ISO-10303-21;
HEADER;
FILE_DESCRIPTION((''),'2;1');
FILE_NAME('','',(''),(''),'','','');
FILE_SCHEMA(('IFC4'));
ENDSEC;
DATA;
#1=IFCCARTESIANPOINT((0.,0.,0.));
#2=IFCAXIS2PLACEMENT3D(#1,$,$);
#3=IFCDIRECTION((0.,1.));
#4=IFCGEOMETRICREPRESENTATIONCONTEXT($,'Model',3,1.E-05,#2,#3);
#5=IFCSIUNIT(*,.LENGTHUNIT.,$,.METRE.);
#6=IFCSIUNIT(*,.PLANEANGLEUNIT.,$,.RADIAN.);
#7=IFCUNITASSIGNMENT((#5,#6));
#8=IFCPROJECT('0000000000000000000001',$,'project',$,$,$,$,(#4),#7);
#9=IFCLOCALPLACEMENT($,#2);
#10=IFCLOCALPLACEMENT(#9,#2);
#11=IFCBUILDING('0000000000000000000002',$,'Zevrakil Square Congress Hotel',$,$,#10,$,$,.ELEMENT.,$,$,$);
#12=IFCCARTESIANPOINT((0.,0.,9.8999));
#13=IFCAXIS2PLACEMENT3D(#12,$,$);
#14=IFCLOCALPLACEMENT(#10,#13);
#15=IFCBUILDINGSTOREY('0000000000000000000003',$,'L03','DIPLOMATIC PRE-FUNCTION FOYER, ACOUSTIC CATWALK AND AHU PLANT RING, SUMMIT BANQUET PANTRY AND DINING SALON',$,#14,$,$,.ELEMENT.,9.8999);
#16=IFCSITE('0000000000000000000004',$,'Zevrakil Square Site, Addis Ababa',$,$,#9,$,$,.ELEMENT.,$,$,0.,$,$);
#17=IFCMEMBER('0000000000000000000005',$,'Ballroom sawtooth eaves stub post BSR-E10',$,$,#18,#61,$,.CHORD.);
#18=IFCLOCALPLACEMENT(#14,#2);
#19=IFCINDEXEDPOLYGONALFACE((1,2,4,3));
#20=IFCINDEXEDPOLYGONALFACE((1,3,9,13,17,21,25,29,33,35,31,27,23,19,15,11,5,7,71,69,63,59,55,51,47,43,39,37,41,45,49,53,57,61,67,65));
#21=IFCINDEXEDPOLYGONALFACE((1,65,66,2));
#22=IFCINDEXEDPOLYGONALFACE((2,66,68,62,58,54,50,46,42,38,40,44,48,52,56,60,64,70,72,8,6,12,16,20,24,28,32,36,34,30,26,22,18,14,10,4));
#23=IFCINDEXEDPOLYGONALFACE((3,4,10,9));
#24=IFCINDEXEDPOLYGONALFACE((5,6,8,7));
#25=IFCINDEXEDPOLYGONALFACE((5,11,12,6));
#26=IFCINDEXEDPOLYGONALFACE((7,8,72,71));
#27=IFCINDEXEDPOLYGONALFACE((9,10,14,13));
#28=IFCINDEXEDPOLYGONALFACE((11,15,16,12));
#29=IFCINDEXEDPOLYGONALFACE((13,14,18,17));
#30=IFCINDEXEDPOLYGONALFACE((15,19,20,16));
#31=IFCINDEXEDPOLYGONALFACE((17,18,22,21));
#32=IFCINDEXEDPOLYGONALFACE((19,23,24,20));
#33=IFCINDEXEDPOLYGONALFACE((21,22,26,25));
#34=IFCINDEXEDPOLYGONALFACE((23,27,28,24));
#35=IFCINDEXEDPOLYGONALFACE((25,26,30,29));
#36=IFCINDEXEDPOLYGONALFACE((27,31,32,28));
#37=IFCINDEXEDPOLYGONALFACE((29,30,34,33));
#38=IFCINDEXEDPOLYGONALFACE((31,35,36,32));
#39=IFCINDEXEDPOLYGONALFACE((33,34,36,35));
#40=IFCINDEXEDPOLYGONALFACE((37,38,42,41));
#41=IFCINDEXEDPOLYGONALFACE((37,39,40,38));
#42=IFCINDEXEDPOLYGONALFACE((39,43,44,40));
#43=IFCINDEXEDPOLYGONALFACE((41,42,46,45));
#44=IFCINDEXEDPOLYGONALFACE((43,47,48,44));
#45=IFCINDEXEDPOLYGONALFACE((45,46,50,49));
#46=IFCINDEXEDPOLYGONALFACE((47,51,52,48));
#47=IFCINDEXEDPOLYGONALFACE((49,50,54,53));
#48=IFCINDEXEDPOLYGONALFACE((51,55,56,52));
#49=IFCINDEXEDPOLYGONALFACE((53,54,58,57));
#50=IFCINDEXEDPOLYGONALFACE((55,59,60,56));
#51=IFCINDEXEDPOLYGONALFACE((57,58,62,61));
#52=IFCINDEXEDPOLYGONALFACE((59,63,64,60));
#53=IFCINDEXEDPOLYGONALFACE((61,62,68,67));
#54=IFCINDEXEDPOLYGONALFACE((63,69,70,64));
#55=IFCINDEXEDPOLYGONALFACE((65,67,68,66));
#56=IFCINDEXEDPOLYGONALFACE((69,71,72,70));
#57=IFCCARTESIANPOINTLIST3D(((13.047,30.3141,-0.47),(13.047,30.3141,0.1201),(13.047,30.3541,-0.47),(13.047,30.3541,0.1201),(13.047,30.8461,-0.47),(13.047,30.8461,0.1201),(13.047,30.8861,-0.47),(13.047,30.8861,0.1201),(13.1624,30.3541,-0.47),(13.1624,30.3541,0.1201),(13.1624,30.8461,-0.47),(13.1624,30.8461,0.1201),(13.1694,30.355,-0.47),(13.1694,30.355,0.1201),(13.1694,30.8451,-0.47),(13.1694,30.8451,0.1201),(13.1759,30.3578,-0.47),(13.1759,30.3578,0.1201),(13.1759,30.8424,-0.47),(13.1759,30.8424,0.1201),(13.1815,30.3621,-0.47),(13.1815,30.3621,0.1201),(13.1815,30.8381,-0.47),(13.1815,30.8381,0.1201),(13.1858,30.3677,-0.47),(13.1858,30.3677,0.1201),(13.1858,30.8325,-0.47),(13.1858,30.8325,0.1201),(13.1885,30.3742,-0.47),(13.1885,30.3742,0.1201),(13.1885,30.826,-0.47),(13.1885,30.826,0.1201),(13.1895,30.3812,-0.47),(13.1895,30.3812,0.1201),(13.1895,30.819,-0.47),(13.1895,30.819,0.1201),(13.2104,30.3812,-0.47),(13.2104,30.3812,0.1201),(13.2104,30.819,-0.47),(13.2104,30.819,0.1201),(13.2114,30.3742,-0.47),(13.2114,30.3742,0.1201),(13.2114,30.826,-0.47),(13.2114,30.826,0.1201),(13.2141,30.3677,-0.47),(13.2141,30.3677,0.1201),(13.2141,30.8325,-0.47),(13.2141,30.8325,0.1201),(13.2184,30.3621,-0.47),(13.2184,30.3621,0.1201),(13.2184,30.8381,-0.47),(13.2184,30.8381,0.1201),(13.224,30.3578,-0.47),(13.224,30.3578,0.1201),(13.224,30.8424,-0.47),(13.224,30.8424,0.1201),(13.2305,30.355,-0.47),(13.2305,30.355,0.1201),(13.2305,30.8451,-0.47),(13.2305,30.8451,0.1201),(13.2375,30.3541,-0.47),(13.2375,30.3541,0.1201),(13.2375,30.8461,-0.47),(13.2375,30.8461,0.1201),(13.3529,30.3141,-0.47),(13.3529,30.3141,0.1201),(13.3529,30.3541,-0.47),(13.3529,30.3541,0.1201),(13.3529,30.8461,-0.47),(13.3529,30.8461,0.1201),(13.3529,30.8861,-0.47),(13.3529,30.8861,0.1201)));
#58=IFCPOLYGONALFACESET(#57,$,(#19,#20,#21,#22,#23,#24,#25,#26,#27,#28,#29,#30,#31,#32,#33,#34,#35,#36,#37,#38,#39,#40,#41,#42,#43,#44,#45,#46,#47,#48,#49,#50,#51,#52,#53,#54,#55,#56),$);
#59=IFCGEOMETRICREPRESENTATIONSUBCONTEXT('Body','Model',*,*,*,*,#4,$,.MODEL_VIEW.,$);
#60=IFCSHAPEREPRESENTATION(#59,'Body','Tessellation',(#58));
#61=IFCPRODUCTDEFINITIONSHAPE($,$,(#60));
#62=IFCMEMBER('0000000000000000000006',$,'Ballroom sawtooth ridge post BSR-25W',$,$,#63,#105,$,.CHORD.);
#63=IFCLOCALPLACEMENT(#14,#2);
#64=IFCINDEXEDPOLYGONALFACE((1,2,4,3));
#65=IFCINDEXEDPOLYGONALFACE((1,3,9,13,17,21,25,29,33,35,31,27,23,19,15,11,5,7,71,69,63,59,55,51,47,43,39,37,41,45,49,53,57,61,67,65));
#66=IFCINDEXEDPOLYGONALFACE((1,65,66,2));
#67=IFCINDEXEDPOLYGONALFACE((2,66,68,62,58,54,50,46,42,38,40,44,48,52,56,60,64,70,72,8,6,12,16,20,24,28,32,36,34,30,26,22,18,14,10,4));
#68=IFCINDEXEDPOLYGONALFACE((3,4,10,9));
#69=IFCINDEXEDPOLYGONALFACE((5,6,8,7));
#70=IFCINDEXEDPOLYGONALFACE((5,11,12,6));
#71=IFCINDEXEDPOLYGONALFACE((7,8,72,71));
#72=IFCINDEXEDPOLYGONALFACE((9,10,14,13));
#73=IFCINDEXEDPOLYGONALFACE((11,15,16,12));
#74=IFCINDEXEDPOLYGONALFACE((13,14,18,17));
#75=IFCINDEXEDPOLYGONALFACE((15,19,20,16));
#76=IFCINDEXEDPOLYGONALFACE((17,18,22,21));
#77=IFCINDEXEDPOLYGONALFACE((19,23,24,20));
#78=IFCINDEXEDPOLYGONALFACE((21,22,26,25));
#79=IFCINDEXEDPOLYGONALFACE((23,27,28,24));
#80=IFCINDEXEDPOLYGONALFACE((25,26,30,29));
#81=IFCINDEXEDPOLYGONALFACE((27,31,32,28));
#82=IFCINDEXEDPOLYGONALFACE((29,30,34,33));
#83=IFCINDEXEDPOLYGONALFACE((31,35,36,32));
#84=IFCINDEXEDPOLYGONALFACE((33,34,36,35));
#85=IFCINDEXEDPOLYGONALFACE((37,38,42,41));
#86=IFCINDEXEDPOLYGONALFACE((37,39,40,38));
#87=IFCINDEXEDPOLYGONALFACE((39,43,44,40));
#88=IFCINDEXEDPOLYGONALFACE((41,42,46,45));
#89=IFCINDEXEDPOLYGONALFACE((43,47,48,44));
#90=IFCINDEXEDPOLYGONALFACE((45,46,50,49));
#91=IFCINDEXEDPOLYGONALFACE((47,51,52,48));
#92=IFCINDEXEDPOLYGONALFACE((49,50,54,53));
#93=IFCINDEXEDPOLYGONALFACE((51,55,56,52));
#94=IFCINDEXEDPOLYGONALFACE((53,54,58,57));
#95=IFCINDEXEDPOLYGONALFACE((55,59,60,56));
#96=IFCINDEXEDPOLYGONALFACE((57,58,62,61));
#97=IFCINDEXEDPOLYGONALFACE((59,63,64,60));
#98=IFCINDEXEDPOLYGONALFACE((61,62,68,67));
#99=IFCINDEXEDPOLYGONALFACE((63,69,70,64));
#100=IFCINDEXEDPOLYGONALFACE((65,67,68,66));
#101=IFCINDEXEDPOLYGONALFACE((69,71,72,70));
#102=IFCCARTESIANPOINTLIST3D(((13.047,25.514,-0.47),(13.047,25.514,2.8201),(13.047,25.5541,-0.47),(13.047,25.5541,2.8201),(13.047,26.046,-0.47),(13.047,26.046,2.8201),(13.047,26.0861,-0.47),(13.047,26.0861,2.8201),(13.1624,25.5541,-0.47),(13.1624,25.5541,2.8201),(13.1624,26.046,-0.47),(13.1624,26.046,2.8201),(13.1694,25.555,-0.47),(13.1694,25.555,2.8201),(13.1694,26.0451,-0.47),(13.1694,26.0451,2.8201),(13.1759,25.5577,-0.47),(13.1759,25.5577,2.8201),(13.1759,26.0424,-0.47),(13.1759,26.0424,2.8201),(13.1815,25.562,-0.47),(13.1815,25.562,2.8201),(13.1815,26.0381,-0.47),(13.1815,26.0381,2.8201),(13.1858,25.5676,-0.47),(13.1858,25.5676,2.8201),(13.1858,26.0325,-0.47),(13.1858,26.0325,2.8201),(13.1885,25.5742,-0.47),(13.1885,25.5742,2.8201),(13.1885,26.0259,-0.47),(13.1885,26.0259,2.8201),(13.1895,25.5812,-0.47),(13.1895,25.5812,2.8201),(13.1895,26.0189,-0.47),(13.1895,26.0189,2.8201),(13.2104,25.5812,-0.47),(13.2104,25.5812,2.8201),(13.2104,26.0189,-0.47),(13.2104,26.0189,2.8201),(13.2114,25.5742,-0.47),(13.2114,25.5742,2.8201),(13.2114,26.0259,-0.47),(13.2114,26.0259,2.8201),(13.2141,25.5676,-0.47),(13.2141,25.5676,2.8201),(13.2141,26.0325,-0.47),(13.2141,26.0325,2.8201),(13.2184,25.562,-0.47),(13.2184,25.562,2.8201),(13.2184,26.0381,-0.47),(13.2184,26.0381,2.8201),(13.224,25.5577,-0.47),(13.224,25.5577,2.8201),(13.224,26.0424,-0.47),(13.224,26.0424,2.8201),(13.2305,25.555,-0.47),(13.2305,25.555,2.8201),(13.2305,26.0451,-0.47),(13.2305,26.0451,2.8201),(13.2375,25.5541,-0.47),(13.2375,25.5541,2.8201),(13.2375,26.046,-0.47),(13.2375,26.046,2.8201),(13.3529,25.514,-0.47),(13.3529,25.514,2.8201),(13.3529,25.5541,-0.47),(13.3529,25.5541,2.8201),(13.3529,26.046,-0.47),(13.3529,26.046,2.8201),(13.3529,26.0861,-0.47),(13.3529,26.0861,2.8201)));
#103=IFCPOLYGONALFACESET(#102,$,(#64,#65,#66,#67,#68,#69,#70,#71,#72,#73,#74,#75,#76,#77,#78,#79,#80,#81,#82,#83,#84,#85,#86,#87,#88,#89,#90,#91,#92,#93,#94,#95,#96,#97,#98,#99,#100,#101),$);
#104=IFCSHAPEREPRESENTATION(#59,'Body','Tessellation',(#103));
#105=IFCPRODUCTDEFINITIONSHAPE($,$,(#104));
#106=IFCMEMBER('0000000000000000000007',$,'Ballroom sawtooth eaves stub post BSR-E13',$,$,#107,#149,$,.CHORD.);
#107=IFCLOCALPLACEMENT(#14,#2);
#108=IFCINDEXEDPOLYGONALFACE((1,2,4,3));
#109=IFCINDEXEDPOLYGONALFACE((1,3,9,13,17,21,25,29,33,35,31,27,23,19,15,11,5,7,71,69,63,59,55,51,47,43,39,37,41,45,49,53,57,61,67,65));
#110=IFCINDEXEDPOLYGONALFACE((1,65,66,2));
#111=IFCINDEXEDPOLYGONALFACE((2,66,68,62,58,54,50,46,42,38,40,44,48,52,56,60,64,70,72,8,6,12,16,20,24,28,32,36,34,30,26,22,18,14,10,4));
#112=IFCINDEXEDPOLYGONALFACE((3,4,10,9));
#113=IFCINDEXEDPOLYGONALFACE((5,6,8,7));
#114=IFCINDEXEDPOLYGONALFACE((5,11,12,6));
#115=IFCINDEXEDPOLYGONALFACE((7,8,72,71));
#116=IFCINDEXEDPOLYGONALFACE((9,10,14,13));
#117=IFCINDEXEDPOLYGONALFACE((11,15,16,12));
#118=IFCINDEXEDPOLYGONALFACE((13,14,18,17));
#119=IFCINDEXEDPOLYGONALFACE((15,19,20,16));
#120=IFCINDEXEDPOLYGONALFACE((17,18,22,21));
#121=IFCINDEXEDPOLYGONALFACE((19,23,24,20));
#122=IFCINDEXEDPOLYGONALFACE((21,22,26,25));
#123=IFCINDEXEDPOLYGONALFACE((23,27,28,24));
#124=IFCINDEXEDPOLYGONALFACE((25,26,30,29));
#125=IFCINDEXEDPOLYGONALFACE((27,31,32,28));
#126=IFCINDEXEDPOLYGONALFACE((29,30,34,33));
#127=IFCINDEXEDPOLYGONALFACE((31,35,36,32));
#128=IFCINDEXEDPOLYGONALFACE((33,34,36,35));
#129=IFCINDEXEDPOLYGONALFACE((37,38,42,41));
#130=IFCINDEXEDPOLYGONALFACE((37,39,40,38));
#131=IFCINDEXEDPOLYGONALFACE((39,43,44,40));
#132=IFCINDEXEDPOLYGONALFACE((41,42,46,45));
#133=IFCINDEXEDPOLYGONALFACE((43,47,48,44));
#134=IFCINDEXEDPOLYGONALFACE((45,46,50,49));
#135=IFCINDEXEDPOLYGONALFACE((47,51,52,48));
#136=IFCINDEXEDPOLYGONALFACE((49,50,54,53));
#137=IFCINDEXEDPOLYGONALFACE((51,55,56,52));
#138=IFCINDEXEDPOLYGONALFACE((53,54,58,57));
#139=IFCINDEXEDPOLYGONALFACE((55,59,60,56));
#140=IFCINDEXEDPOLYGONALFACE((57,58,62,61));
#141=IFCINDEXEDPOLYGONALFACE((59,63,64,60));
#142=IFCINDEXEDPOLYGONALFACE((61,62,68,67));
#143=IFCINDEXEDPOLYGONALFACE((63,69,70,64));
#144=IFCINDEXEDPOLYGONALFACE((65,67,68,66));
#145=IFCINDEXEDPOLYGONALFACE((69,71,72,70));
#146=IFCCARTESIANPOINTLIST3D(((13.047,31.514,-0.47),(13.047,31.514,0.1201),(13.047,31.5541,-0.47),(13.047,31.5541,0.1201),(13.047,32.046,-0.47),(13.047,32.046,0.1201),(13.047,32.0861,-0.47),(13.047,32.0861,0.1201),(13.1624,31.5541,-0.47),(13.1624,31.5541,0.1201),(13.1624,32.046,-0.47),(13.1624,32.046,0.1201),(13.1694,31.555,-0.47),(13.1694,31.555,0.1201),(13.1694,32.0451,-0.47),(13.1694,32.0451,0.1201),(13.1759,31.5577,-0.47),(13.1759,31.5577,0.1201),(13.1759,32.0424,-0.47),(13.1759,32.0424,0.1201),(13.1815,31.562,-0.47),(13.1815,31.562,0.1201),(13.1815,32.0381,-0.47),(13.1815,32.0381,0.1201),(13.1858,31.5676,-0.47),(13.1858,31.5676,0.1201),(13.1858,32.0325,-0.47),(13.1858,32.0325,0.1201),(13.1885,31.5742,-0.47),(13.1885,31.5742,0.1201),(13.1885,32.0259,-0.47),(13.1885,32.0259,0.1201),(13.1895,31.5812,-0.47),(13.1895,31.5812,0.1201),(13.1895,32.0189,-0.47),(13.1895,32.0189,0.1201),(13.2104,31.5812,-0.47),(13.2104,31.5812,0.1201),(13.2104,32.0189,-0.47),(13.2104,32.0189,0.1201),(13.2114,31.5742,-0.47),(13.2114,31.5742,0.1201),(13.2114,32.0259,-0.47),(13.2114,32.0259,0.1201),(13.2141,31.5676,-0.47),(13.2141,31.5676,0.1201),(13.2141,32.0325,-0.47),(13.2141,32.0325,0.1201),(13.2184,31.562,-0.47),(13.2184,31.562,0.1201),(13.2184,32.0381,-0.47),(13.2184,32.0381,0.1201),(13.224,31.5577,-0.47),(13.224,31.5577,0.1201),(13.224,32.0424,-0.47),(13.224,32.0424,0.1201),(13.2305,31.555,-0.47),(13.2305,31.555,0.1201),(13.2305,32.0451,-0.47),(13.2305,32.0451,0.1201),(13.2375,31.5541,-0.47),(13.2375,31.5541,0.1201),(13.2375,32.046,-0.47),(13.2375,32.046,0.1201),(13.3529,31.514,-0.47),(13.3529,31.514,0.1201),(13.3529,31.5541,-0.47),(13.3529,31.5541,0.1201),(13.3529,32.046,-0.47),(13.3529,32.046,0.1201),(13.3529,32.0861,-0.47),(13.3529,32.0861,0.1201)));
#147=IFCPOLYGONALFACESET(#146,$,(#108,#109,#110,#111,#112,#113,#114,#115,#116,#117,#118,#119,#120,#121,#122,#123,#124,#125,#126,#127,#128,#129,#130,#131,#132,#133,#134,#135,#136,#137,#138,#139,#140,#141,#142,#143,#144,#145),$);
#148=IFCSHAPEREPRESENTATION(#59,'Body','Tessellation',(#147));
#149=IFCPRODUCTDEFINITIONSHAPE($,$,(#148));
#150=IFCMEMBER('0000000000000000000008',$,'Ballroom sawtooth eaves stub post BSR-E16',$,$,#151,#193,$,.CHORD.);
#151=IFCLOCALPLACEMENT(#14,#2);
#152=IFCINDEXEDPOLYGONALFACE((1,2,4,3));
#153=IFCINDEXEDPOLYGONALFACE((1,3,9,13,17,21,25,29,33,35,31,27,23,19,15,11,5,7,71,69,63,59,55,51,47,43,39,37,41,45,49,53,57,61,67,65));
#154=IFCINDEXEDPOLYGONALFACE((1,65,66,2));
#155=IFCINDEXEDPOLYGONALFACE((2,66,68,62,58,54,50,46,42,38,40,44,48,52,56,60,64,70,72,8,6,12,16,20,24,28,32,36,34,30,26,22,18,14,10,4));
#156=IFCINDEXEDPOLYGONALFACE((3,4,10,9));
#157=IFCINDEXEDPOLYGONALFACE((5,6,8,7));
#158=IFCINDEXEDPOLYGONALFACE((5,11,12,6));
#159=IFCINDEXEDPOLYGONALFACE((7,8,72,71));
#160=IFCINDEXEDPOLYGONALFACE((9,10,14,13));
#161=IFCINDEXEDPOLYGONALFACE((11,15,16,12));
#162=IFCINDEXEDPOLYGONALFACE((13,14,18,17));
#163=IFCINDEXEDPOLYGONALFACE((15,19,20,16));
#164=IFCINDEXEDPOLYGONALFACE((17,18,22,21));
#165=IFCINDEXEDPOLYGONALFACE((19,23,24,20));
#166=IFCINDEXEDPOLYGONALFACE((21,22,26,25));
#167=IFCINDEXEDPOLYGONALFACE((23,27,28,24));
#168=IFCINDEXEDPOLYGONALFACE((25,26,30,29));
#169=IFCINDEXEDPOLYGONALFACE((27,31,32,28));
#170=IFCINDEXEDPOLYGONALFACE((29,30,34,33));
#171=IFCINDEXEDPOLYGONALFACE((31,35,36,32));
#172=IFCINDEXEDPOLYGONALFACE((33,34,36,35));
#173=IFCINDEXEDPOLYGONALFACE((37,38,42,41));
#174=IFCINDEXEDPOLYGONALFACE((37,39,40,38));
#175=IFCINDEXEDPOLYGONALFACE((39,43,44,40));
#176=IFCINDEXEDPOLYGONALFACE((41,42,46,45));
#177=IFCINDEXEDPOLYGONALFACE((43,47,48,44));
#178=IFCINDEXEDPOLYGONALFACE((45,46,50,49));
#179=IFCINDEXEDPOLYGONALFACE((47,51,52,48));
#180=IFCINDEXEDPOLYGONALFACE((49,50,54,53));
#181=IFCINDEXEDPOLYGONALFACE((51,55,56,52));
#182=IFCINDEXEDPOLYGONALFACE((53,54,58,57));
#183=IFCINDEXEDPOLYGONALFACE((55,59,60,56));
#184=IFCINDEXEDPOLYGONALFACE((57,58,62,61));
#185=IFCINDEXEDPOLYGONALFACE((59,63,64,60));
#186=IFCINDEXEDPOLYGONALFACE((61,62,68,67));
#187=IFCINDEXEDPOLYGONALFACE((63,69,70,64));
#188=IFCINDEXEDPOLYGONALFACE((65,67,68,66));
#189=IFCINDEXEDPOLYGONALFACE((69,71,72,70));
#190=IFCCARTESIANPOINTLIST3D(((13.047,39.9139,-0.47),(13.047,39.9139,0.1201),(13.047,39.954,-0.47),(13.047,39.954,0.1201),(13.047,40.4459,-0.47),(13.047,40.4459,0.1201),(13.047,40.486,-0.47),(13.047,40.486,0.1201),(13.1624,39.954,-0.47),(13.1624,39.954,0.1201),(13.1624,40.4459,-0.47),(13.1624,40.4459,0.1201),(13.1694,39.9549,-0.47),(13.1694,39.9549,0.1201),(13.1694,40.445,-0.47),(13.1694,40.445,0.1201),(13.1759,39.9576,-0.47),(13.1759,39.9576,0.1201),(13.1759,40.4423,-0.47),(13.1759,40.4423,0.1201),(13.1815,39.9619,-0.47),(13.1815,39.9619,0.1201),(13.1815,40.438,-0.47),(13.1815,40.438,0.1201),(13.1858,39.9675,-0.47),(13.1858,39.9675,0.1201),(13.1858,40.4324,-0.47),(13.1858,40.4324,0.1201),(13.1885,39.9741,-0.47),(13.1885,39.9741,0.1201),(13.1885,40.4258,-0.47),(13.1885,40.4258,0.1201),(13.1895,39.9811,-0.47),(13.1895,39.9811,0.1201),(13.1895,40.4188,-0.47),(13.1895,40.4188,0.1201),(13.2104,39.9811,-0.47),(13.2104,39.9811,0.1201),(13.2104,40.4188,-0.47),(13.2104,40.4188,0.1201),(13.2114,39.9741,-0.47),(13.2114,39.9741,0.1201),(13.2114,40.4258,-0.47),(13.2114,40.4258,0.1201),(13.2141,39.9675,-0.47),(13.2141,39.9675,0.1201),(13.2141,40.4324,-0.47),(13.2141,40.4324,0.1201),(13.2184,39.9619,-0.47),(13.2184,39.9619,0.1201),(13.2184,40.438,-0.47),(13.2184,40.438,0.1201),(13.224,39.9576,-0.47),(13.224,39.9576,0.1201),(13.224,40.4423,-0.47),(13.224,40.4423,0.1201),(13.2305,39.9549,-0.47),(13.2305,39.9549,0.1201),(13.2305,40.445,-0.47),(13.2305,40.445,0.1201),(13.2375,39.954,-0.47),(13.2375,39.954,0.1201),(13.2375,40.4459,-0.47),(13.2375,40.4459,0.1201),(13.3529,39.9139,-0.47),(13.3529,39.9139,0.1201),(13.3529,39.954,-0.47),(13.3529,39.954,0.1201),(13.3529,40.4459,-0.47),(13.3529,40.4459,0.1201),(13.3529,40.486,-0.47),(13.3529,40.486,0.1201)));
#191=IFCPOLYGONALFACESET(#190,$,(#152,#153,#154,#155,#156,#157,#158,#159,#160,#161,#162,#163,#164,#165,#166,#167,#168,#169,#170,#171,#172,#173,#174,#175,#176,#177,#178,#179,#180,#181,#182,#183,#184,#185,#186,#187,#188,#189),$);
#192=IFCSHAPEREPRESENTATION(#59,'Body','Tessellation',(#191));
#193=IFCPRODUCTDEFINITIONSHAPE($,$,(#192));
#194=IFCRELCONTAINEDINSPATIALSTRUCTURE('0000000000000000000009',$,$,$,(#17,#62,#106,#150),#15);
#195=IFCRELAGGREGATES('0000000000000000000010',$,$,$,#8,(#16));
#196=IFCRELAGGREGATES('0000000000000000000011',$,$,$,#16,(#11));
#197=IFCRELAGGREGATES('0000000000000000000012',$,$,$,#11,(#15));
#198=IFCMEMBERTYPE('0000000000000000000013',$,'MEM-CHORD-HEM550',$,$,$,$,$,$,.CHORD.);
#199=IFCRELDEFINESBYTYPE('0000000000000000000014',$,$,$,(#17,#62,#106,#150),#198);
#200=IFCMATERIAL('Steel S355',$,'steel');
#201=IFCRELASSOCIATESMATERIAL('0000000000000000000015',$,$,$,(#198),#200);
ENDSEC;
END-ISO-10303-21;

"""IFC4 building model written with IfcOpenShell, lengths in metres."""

from ifc_helpers import new_model, si_unit, direction, frame, origin, origin_2d, place, context, subcontext, project, spatial, i_section, extrude, material, material_profile, profile_set, type_object, element, save


model = new_model("IFC4")

# Units and contexts
model_context = context("Model", 3, precision=1e-05, world=origin(), true_north=direction((0.0, 1.0)))
body_context = subcontext(model_context, "Body", "Model", "MODEL_VIEW")
ifc_project = project(units=[si_unit("LENGTHUNIT", "METRE"), si_unit("PLANEANGLEUNIT", "RADIAN")], contexts=[model_context])

# Site, building, storey
site_placement = place(None, origin())
site = spatial("IfcSite", under=ifc_project, at=site_placement, Name="Zevrakil Square Site, Addis Ababa", CompositionType="ELEMENT", RefElevation=0.0)
building_placement = place(site_placement, origin())
building = spatial("IfcBuilding", under=site, at=building_placement, Name="Zevrakil Square Congress Hotel", CompositionType="ELEMENT")
storey_placement = place(building_placement, frame((0.0, 0.0, 9.8999)))
storey = spatial("IfcBuildingStorey", under=building, at=storey_placement, Name="L03", Description="DIPLOMATIC PRE-FUNCTION FOYER, ACOUSTIC CATWALK AND AHU PLANT RING, SUMMIT BANQUET PANTRY AND DINING SALON", CompositionType="ELEMENT", Elevation=9.8999)

# Members
ifc_material_1 = material(Name="Steel S355", Category="steel")
ifc_material_profile_1 = material_profile(ifc_material_1, i_section(OverallWidth=0.3059, OverallDepth=0.572, WebThickness=0.021, FlangeThickness=0.04, FilletRadius=0.0271, at=origin_2d()), Name="HEM 550")
ifc_profile_set_1 = profile_set([ifc_material_profile_1], Name="Steel S355")
member_type_1 = type_object("IfcMemberType", Name="MEM-CHORD-HEM550", PredefinedType="CHORD", material=ifc_profile_set_1)
for number, where, z_axis, x_axis, name in (
    (1, (13.2, 30.6001, -0.47), (0.0, 0.0, 1.0), (1.0, 0.0, 0.0), "Ballroom sawtooth eaves stub post BSR-E10"),
):
    element("IfcMember", number, at=place(storey_placement, frame(where, z_axis=z_axis, x_axis=x_axis)), inside=storey, type_object=member_type_1, Name=name, PredefinedType="CHORD", context=body_context, shape_type="SweptSolid", body=[
        extrude(i_section(OverallWidth=0.3059, OverallDepth=0.572, WebThickness=0.021, FlangeThickness=0.04, FilletRadius=0.0271, at=origin_2d()), origin(), (0.0, 0.0, 1.0), 0.5901),
    ])
member_1_placement = place(storey_placement, frame((13.2, 25.8, -0.47), z_axis=(0.0, 0.0, 1.0), x_axis=(1.0, 0.0, 0.0)))
element("IfcMember", 2, at=member_1_placement, inside=storey, type_object=member_type_1, Name="Ballroom sawtooth ridge post BSR-25W", PredefinedType="CHORD", context=body_context, shape_type="SweptSolid", body=[
    extrude(i_section(OverallWidth=0.3059, OverallDepth=0.572, WebThickness=0.021, FlangeThickness=0.04, FilletRadius=0.0271, at=origin_2d()), origin(), (0.0, 0.0, 1.0), 3.29),
])
for number, where, z_axis, x_axis, name in (
    (3, (13.2, 31.8, -0.47), (0.0, 0.0, 1.0), (1.0, 0.0, 0.0), "Ballroom sawtooth eaves stub post BSR-E13"),
    (4, (13.2, 40.2, -0.47), (0.0, 0.0, 1.0), (1.0, 0.0, 0.0), "Ballroom sawtooth eaves stub post BSR-E16"),
):
    element("IfcMember", number, at=place(storey_placement, frame(where, z_axis=z_axis, x_axis=x_axis)), inside=storey, type_object=member_type_1, Name=name, PredefinedType="CHORD", context=body_context, shape_type="SweptSolid", body=[
        extrude(i_section(OverallWidth=0.3059, OverallDepth=0.572, WebThickness=0.021, FlangeThickness=0.04, FilletRadius=0.0271, at=origin_2d()), origin(), (0.0, 0.0, 1.0), 0.5901),
    ])

save(model, "model.ifc")
